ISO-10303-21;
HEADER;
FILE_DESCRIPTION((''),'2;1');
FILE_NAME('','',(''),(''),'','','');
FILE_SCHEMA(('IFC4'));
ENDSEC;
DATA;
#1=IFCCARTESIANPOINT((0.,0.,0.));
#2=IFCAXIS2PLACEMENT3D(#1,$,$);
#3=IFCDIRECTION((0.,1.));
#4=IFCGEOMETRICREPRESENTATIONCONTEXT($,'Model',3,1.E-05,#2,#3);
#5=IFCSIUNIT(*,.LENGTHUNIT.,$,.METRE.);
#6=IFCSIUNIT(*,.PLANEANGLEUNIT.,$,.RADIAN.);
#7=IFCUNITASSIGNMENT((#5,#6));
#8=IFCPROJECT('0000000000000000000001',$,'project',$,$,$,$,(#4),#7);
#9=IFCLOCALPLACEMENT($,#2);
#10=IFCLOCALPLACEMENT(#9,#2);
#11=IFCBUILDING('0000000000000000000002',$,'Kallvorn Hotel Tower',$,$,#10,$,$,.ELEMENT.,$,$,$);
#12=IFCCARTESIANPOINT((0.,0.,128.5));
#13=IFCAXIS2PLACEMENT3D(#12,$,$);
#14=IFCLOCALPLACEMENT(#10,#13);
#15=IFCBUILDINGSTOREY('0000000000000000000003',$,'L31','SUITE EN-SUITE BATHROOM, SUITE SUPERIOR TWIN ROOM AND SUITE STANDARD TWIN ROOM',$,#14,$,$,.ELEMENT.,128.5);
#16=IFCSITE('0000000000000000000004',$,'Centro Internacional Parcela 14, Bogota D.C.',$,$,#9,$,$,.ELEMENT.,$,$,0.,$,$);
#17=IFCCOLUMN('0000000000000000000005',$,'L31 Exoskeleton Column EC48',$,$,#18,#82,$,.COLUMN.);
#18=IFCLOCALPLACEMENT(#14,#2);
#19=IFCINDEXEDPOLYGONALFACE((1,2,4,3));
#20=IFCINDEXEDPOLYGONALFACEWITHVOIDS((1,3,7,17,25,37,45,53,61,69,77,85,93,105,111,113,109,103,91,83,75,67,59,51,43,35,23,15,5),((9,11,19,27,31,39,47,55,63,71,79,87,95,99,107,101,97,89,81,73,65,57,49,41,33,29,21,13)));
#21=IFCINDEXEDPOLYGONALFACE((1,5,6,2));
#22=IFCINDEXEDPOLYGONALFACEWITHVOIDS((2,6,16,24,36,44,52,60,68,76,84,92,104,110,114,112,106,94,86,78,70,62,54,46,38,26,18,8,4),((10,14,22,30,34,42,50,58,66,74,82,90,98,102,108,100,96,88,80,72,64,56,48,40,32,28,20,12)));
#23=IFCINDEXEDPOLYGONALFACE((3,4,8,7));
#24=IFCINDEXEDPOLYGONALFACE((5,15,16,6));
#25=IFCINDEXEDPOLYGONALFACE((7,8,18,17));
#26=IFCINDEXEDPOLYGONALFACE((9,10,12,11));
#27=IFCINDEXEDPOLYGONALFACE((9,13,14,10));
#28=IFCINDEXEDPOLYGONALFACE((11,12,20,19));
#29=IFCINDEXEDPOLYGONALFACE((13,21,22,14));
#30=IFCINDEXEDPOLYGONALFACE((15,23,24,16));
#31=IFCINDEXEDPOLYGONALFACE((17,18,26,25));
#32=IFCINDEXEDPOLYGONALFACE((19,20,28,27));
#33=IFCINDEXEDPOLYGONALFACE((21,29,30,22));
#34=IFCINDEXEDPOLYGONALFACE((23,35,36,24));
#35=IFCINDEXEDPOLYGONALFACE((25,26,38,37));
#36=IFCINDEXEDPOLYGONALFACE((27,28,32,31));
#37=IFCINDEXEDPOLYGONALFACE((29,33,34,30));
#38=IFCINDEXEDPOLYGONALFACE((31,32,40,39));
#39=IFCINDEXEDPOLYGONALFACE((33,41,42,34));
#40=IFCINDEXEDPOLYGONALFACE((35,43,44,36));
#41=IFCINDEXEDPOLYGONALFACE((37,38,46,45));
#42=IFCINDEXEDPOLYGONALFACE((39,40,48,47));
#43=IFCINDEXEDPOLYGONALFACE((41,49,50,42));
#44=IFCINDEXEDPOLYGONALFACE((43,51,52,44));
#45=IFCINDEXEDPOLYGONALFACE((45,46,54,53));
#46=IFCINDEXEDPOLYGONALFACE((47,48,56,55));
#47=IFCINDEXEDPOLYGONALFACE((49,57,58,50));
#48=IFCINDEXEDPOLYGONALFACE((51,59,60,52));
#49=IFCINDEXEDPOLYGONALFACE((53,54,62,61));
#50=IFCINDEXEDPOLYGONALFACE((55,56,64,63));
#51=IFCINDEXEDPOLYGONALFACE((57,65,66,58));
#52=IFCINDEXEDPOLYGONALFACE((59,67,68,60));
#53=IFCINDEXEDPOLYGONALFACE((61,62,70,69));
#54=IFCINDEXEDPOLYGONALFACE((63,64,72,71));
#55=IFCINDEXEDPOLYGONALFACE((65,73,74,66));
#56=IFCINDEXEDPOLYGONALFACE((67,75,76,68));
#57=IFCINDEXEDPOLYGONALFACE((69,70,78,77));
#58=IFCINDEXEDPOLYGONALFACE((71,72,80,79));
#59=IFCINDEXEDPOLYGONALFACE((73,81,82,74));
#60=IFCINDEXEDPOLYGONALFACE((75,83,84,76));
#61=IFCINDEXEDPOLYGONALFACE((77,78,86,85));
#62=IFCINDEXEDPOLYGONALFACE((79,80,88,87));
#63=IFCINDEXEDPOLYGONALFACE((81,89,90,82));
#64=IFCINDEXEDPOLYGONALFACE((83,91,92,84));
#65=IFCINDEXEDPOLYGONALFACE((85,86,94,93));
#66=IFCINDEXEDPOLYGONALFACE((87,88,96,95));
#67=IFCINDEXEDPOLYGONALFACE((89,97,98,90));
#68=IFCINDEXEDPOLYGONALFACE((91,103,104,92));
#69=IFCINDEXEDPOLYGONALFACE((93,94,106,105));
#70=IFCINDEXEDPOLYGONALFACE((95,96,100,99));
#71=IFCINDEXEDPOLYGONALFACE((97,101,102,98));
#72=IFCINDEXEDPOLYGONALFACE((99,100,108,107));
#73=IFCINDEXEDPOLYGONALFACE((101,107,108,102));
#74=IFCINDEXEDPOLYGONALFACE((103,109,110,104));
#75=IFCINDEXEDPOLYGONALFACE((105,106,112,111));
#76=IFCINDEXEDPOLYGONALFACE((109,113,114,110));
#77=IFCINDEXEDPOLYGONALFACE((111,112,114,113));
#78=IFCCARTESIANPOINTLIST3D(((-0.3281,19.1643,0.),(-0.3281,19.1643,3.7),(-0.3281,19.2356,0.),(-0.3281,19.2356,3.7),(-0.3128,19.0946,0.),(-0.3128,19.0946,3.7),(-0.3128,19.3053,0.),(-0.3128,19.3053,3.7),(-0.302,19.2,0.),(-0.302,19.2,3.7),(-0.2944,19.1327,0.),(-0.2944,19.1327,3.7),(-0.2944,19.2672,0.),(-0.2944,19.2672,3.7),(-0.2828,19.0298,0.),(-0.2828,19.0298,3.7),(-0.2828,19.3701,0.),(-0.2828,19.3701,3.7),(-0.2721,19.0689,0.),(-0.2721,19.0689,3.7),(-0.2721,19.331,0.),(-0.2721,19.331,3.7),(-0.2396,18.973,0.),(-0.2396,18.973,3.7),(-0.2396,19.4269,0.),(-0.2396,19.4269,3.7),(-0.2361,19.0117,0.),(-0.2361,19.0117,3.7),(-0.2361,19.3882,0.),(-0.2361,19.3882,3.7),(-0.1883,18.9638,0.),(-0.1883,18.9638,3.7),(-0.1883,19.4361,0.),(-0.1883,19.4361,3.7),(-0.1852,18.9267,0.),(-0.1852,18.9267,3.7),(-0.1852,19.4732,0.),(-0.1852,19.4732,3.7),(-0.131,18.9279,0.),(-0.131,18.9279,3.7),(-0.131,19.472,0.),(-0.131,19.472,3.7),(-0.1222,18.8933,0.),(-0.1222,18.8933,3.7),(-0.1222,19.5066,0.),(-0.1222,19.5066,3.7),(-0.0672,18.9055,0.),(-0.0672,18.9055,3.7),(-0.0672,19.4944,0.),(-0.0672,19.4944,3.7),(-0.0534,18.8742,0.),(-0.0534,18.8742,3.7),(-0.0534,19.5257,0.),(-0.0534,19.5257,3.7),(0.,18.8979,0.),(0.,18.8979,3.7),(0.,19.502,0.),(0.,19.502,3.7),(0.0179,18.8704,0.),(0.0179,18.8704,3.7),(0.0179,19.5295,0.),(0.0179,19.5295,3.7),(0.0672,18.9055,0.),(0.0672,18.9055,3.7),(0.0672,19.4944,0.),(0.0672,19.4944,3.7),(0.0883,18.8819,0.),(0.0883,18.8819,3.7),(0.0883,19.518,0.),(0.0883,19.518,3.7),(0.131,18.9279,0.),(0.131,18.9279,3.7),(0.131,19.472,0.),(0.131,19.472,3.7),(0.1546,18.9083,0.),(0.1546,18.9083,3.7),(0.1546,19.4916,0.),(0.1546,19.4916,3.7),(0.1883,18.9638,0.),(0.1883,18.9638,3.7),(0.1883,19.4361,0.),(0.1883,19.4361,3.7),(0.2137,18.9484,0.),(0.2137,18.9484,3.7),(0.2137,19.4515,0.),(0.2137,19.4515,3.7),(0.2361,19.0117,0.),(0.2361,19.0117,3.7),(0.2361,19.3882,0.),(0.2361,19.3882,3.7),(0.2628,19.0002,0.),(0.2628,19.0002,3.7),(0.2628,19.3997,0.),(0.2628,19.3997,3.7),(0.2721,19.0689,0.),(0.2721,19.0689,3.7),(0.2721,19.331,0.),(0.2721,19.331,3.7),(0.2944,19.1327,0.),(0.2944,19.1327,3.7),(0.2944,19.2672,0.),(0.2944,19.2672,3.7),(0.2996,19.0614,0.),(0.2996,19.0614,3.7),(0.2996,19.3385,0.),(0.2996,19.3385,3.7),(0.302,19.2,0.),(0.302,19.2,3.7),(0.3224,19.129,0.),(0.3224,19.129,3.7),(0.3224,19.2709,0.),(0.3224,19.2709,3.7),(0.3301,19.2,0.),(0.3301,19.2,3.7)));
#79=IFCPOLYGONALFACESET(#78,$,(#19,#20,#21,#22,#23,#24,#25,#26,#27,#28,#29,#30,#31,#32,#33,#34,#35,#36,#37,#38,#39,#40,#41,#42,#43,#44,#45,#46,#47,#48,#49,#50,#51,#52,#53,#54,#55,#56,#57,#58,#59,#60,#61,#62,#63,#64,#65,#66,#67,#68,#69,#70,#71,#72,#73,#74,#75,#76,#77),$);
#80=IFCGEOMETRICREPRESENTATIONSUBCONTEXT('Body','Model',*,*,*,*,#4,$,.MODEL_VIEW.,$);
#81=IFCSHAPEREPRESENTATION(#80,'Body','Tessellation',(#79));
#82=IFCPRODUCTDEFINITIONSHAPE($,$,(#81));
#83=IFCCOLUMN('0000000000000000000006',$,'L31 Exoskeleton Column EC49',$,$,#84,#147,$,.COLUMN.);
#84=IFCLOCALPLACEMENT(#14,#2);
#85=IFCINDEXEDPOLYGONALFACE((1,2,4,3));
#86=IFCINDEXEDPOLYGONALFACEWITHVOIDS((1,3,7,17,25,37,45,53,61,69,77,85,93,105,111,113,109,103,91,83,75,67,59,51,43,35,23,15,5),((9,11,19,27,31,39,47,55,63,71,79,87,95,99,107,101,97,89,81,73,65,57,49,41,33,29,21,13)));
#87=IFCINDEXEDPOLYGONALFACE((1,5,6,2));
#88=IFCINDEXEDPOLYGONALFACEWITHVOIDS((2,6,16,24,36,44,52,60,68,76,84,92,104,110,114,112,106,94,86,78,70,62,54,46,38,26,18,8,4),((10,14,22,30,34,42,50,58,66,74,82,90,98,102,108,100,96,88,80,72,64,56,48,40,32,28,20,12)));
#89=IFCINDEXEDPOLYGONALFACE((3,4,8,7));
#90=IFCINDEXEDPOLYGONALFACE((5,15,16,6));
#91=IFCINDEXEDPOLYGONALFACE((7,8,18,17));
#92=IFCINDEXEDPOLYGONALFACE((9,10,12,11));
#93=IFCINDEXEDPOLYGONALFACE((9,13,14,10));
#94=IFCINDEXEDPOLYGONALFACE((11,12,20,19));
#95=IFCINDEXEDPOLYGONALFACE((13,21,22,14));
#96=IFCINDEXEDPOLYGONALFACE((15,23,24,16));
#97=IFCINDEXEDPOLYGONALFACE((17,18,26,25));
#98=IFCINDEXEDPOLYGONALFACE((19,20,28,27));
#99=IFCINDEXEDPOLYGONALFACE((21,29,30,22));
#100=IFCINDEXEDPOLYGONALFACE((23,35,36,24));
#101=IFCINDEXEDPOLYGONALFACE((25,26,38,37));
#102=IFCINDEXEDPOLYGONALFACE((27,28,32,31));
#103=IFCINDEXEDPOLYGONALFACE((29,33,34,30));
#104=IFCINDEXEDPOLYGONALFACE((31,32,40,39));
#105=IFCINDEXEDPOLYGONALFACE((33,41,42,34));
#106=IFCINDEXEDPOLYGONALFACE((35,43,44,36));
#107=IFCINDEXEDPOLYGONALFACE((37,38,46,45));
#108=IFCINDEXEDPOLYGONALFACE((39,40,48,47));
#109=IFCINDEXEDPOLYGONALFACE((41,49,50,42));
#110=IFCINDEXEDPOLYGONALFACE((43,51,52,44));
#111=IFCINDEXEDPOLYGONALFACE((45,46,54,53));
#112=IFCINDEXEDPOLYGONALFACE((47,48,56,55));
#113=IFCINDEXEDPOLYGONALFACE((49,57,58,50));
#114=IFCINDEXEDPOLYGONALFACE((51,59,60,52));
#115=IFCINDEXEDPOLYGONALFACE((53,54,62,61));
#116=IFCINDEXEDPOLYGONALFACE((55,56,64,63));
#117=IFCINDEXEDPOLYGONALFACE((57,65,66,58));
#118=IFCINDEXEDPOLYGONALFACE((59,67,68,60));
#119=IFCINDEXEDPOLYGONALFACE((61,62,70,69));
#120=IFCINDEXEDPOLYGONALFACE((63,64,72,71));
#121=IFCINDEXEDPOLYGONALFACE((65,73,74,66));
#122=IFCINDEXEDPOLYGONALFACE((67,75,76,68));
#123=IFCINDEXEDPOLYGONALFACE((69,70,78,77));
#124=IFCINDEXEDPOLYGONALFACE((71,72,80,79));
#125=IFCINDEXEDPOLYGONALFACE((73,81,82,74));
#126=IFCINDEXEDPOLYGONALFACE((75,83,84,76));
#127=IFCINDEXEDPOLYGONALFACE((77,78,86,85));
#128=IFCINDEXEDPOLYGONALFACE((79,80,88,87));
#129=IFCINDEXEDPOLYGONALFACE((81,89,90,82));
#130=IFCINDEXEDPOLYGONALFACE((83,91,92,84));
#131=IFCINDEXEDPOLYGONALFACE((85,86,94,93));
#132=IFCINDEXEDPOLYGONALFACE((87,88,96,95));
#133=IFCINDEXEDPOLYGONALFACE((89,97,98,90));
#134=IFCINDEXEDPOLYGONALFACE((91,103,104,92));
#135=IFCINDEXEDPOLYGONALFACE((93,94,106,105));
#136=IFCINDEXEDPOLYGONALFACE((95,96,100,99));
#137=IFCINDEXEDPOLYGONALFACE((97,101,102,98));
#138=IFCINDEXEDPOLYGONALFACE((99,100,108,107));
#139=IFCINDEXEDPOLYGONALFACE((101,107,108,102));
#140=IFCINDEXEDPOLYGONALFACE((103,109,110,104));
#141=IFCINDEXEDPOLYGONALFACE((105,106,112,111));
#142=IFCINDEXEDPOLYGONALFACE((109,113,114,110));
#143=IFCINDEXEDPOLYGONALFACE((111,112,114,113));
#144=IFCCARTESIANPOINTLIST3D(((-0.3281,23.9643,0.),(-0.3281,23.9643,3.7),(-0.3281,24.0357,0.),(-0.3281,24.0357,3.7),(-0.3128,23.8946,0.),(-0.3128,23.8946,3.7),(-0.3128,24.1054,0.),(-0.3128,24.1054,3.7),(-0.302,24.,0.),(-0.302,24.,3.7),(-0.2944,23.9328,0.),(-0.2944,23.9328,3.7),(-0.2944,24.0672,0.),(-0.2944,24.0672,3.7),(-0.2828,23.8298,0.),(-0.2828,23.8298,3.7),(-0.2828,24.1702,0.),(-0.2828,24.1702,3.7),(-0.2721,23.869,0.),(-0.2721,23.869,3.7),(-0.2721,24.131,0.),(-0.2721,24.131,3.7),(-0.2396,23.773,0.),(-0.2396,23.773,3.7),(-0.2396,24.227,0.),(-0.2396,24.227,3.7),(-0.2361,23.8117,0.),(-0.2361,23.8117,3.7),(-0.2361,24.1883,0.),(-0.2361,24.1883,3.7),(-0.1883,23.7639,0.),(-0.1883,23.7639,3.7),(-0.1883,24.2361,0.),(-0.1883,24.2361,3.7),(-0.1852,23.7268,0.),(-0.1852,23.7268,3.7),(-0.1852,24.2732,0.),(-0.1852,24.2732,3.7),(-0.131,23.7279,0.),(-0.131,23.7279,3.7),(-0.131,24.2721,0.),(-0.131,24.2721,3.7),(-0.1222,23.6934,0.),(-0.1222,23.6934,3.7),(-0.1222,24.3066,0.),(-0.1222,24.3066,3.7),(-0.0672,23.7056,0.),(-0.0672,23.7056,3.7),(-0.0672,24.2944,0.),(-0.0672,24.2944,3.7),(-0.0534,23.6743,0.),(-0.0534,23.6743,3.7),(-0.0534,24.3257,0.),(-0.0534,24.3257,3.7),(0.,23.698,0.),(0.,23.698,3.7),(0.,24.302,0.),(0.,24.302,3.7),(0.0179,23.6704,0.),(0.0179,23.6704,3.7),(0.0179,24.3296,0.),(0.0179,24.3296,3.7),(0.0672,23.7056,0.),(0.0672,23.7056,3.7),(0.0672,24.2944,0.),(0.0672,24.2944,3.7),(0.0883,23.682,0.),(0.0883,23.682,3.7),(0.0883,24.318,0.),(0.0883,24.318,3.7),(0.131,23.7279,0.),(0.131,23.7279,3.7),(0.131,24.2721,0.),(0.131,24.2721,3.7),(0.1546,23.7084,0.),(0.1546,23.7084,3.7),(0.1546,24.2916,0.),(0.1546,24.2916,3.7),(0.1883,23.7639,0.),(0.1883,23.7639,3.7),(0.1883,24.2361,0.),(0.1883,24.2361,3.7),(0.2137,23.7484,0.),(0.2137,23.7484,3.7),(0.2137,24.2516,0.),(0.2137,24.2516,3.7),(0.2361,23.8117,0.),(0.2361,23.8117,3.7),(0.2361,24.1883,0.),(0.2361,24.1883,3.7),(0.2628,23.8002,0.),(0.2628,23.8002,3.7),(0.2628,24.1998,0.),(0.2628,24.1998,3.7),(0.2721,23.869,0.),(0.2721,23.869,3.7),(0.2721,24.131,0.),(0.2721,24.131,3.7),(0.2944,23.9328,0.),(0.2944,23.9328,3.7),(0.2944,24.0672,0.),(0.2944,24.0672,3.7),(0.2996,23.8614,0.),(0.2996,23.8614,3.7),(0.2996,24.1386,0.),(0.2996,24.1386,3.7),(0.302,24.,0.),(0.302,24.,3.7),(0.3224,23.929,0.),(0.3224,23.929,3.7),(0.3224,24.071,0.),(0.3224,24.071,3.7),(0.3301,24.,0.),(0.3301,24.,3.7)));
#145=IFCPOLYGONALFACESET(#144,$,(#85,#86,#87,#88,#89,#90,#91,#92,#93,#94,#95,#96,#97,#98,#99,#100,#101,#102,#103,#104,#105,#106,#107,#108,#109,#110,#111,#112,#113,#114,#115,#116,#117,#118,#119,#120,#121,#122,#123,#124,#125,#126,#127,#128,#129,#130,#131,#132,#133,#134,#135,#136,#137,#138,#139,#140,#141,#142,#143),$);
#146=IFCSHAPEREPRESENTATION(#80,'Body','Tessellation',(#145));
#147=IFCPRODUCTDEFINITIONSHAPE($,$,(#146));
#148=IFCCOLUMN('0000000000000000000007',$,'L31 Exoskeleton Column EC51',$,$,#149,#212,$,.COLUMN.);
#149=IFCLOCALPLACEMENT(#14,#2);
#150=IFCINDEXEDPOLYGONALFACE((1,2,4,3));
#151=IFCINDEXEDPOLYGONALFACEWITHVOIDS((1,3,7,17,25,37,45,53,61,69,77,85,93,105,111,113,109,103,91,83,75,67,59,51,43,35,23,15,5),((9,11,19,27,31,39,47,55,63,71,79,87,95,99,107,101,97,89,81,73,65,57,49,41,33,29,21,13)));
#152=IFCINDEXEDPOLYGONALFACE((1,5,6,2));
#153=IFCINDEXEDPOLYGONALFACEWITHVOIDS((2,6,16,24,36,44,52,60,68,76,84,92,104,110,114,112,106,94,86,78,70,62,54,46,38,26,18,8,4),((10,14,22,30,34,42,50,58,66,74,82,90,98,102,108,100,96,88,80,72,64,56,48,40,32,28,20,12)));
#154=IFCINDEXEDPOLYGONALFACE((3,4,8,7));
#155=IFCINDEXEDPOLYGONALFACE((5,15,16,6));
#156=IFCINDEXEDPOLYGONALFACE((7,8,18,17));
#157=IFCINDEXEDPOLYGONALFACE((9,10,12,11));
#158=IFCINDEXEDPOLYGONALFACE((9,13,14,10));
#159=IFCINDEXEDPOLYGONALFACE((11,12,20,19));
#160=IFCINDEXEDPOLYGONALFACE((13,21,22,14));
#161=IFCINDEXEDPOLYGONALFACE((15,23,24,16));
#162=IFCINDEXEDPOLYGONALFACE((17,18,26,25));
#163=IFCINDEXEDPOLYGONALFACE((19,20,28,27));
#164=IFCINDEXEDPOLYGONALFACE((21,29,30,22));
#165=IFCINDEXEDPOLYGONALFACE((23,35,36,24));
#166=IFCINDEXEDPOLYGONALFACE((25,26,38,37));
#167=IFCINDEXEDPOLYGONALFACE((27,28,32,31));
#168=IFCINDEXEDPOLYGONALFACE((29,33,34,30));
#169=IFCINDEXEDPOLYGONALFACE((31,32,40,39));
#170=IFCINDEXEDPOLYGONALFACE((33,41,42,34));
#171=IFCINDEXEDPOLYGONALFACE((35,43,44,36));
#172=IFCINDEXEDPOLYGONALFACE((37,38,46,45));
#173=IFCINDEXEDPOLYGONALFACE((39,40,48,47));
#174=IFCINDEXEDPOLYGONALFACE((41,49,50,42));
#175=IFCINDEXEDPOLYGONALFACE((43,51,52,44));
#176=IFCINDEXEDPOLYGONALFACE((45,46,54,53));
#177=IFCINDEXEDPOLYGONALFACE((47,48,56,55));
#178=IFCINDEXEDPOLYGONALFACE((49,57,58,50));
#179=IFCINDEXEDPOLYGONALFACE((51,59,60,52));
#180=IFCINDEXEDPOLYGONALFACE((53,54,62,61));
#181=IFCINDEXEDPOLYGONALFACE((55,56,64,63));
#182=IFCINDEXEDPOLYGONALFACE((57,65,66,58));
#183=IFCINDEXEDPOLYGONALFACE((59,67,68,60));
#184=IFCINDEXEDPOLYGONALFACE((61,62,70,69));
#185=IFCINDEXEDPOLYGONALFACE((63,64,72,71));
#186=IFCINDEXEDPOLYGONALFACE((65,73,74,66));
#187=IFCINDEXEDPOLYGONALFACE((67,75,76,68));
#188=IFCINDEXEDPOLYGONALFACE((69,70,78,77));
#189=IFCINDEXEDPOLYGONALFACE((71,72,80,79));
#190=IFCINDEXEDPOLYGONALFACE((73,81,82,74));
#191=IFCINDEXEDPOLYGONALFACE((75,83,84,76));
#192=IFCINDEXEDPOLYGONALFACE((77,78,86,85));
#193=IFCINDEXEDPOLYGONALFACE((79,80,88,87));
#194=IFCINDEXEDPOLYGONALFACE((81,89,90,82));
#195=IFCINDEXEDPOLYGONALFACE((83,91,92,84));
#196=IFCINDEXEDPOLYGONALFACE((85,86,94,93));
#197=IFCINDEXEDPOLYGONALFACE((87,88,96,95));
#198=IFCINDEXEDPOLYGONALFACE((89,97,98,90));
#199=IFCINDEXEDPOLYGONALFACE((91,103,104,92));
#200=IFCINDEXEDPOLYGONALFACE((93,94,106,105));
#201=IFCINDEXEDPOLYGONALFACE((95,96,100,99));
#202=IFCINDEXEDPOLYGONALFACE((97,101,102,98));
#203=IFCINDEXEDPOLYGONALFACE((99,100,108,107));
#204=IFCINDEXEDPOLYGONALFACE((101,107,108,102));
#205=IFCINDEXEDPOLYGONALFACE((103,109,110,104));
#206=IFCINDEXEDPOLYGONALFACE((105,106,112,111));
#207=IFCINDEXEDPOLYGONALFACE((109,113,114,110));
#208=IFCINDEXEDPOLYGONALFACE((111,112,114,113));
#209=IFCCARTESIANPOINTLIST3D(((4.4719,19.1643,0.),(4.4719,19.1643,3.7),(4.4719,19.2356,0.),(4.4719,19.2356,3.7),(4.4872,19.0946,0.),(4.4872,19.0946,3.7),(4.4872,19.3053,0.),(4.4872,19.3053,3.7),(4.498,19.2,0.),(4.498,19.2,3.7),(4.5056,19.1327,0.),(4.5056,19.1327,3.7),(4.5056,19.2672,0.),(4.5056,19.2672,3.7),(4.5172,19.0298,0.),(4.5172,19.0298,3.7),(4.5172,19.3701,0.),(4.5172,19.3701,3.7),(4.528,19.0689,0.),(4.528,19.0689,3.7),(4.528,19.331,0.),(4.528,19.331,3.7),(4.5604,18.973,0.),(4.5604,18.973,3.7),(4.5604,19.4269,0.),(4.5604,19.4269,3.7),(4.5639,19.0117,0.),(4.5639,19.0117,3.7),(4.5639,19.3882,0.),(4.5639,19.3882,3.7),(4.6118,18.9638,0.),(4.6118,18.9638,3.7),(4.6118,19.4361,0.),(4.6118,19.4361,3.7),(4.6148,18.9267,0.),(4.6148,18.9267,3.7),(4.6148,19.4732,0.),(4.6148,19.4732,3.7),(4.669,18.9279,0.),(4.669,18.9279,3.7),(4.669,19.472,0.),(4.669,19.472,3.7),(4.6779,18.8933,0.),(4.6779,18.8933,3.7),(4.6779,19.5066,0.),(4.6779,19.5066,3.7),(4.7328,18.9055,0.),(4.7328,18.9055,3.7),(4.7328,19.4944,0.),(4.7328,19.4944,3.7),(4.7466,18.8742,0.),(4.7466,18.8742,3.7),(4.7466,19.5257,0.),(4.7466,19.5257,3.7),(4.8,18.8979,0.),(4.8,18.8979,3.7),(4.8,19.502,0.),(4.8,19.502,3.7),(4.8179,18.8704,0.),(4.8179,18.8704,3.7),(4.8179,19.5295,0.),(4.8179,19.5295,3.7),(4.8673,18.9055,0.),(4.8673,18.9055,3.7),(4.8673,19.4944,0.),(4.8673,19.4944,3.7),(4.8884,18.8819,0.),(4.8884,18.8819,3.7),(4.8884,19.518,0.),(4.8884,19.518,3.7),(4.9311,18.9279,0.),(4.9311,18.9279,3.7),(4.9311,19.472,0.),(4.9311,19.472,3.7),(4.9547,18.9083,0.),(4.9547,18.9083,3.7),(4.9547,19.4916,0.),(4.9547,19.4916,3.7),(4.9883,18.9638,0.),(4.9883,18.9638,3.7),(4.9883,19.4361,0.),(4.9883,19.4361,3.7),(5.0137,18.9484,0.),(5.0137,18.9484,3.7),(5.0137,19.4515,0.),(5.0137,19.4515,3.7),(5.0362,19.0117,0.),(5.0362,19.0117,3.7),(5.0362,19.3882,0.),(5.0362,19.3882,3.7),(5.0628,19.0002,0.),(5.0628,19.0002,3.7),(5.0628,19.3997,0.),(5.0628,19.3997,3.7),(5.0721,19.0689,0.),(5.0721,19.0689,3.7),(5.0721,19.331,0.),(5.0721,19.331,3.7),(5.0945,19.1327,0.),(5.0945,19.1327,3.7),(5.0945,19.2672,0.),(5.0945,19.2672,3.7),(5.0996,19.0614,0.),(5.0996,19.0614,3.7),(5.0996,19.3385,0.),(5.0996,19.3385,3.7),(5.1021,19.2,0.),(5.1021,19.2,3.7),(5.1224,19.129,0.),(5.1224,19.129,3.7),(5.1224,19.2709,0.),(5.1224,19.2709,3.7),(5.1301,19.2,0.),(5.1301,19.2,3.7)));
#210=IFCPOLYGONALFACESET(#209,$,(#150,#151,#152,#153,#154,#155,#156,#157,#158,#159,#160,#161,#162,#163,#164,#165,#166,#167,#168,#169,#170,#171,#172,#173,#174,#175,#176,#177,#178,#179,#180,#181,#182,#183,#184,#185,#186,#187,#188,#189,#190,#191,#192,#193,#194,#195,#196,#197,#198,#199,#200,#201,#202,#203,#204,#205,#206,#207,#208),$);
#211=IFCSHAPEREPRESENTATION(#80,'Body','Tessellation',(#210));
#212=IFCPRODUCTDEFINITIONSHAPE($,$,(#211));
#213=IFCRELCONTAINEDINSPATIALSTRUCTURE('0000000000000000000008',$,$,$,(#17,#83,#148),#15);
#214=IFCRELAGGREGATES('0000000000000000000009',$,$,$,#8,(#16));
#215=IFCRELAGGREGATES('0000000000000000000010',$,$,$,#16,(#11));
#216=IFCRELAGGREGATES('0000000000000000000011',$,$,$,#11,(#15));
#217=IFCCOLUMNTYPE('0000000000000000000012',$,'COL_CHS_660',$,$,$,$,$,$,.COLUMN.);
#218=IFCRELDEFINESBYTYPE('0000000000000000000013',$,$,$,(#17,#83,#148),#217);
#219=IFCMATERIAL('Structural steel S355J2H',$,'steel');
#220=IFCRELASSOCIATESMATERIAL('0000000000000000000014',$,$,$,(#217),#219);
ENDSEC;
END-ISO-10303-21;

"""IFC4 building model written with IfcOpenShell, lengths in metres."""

from ifc_helpers import new_model, si_unit, direction, frame, origin, origin_2d, place, context, subcontext, project, spatial, hollow_circle, extrude, material, material_profile, profile_set, type_object, element, save


model = new_model("IFC4")

# Units and contexts
model_context = context("Model", 3, precision=1e-05, world=origin(), true_north=direction((0.0, 1.0)))
body_context = subcontext(model_context, "Body", "Model", "MODEL_VIEW")
ifc_project = project(units=[si_unit("LENGTHUNIT", "METRE"), si_unit("PLANEANGLEUNIT", "RADIAN")], contexts=[model_context])

# Site, building, storey
site_placement = place(None, origin())
site = spatial("IfcSite", under=ifc_project, at=site_placement, Name="Centro Internacional Parcela 14, Bogota D.C.", CompositionType="ELEMENT", RefElevation=0.0)
building_placement = place(site_placement, origin())
building = spatial("IfcBuilding", under=site, at=building_placement, Name="Kallvorn Hotel Tower", CompositionType="ELEMENT")
storey_placement = place(building_placement, frame((0.0, 0.0, 128.5)))
storey = spatial("IfcBuildingStorey", under=building, at=storey_placement, Name="L31", Description="SUITE EN-SUITE BATHROOM, SUITE SUPERIOR TWIN ROOM AND SUITE STANDARD TWIN ROOM", CompositionType="ELEMENT", Elevation=128.5)

# Columns
ifc_material_1 = material(Name="Structural steel S355J2H", Category="steel")
ifc_material_profile_1 = material_profile(ifc_material_1, hollow_circle(Radius=0.3301, WallThickness=0.0281, at=origin_2d()), Name="CHS 660x28")
ifc_profile_set_1 = profile_set([ifc_material_profile_1], Name="Structural steel S355J2H")
column_type_1 = type_object("IfcColumnType", Name="COL_CHS_660", PredefinedType="COLUMN", material=ifc_profile_set_1)
for number, where, z_axis, x_axis, name in (
    (1, (0.0, 19.2, 0.0), (0.0, 0.0, 1.0), (1.0, 0.0, 0.0), "L31 Exoskeleton Column EC48"),
    (2, (0.0, 24.0, 0.0), (0.0, 0.0, 1.0), (1.0, 0.0, 0.0), "L31 Exoskeleton Column EC49"),
    (3, (4.8, 19.2, 0.0), (0.0, 0.0, 1.0), (1.0, 0.0, 0.0), "L31 Exoskeleton Column EC51"),
):
    element("IfcColumn", number, at=place(storey_placement, frame(where, z_axis=z_axis, x_axis=x_axis)), inside=storey, type_object=column_type_1, Name=name, PredefinedType="COLUMN", context=body_context, shape_type="SweptSolid", body=[
        extrude(hollow_circle(Radius=0.3301, WallThickness=0.0281, at=origin_2d()), origin(), (0.0, 0.0, 1.0), 3.7),
    ])

save(model, "model.ifc")
